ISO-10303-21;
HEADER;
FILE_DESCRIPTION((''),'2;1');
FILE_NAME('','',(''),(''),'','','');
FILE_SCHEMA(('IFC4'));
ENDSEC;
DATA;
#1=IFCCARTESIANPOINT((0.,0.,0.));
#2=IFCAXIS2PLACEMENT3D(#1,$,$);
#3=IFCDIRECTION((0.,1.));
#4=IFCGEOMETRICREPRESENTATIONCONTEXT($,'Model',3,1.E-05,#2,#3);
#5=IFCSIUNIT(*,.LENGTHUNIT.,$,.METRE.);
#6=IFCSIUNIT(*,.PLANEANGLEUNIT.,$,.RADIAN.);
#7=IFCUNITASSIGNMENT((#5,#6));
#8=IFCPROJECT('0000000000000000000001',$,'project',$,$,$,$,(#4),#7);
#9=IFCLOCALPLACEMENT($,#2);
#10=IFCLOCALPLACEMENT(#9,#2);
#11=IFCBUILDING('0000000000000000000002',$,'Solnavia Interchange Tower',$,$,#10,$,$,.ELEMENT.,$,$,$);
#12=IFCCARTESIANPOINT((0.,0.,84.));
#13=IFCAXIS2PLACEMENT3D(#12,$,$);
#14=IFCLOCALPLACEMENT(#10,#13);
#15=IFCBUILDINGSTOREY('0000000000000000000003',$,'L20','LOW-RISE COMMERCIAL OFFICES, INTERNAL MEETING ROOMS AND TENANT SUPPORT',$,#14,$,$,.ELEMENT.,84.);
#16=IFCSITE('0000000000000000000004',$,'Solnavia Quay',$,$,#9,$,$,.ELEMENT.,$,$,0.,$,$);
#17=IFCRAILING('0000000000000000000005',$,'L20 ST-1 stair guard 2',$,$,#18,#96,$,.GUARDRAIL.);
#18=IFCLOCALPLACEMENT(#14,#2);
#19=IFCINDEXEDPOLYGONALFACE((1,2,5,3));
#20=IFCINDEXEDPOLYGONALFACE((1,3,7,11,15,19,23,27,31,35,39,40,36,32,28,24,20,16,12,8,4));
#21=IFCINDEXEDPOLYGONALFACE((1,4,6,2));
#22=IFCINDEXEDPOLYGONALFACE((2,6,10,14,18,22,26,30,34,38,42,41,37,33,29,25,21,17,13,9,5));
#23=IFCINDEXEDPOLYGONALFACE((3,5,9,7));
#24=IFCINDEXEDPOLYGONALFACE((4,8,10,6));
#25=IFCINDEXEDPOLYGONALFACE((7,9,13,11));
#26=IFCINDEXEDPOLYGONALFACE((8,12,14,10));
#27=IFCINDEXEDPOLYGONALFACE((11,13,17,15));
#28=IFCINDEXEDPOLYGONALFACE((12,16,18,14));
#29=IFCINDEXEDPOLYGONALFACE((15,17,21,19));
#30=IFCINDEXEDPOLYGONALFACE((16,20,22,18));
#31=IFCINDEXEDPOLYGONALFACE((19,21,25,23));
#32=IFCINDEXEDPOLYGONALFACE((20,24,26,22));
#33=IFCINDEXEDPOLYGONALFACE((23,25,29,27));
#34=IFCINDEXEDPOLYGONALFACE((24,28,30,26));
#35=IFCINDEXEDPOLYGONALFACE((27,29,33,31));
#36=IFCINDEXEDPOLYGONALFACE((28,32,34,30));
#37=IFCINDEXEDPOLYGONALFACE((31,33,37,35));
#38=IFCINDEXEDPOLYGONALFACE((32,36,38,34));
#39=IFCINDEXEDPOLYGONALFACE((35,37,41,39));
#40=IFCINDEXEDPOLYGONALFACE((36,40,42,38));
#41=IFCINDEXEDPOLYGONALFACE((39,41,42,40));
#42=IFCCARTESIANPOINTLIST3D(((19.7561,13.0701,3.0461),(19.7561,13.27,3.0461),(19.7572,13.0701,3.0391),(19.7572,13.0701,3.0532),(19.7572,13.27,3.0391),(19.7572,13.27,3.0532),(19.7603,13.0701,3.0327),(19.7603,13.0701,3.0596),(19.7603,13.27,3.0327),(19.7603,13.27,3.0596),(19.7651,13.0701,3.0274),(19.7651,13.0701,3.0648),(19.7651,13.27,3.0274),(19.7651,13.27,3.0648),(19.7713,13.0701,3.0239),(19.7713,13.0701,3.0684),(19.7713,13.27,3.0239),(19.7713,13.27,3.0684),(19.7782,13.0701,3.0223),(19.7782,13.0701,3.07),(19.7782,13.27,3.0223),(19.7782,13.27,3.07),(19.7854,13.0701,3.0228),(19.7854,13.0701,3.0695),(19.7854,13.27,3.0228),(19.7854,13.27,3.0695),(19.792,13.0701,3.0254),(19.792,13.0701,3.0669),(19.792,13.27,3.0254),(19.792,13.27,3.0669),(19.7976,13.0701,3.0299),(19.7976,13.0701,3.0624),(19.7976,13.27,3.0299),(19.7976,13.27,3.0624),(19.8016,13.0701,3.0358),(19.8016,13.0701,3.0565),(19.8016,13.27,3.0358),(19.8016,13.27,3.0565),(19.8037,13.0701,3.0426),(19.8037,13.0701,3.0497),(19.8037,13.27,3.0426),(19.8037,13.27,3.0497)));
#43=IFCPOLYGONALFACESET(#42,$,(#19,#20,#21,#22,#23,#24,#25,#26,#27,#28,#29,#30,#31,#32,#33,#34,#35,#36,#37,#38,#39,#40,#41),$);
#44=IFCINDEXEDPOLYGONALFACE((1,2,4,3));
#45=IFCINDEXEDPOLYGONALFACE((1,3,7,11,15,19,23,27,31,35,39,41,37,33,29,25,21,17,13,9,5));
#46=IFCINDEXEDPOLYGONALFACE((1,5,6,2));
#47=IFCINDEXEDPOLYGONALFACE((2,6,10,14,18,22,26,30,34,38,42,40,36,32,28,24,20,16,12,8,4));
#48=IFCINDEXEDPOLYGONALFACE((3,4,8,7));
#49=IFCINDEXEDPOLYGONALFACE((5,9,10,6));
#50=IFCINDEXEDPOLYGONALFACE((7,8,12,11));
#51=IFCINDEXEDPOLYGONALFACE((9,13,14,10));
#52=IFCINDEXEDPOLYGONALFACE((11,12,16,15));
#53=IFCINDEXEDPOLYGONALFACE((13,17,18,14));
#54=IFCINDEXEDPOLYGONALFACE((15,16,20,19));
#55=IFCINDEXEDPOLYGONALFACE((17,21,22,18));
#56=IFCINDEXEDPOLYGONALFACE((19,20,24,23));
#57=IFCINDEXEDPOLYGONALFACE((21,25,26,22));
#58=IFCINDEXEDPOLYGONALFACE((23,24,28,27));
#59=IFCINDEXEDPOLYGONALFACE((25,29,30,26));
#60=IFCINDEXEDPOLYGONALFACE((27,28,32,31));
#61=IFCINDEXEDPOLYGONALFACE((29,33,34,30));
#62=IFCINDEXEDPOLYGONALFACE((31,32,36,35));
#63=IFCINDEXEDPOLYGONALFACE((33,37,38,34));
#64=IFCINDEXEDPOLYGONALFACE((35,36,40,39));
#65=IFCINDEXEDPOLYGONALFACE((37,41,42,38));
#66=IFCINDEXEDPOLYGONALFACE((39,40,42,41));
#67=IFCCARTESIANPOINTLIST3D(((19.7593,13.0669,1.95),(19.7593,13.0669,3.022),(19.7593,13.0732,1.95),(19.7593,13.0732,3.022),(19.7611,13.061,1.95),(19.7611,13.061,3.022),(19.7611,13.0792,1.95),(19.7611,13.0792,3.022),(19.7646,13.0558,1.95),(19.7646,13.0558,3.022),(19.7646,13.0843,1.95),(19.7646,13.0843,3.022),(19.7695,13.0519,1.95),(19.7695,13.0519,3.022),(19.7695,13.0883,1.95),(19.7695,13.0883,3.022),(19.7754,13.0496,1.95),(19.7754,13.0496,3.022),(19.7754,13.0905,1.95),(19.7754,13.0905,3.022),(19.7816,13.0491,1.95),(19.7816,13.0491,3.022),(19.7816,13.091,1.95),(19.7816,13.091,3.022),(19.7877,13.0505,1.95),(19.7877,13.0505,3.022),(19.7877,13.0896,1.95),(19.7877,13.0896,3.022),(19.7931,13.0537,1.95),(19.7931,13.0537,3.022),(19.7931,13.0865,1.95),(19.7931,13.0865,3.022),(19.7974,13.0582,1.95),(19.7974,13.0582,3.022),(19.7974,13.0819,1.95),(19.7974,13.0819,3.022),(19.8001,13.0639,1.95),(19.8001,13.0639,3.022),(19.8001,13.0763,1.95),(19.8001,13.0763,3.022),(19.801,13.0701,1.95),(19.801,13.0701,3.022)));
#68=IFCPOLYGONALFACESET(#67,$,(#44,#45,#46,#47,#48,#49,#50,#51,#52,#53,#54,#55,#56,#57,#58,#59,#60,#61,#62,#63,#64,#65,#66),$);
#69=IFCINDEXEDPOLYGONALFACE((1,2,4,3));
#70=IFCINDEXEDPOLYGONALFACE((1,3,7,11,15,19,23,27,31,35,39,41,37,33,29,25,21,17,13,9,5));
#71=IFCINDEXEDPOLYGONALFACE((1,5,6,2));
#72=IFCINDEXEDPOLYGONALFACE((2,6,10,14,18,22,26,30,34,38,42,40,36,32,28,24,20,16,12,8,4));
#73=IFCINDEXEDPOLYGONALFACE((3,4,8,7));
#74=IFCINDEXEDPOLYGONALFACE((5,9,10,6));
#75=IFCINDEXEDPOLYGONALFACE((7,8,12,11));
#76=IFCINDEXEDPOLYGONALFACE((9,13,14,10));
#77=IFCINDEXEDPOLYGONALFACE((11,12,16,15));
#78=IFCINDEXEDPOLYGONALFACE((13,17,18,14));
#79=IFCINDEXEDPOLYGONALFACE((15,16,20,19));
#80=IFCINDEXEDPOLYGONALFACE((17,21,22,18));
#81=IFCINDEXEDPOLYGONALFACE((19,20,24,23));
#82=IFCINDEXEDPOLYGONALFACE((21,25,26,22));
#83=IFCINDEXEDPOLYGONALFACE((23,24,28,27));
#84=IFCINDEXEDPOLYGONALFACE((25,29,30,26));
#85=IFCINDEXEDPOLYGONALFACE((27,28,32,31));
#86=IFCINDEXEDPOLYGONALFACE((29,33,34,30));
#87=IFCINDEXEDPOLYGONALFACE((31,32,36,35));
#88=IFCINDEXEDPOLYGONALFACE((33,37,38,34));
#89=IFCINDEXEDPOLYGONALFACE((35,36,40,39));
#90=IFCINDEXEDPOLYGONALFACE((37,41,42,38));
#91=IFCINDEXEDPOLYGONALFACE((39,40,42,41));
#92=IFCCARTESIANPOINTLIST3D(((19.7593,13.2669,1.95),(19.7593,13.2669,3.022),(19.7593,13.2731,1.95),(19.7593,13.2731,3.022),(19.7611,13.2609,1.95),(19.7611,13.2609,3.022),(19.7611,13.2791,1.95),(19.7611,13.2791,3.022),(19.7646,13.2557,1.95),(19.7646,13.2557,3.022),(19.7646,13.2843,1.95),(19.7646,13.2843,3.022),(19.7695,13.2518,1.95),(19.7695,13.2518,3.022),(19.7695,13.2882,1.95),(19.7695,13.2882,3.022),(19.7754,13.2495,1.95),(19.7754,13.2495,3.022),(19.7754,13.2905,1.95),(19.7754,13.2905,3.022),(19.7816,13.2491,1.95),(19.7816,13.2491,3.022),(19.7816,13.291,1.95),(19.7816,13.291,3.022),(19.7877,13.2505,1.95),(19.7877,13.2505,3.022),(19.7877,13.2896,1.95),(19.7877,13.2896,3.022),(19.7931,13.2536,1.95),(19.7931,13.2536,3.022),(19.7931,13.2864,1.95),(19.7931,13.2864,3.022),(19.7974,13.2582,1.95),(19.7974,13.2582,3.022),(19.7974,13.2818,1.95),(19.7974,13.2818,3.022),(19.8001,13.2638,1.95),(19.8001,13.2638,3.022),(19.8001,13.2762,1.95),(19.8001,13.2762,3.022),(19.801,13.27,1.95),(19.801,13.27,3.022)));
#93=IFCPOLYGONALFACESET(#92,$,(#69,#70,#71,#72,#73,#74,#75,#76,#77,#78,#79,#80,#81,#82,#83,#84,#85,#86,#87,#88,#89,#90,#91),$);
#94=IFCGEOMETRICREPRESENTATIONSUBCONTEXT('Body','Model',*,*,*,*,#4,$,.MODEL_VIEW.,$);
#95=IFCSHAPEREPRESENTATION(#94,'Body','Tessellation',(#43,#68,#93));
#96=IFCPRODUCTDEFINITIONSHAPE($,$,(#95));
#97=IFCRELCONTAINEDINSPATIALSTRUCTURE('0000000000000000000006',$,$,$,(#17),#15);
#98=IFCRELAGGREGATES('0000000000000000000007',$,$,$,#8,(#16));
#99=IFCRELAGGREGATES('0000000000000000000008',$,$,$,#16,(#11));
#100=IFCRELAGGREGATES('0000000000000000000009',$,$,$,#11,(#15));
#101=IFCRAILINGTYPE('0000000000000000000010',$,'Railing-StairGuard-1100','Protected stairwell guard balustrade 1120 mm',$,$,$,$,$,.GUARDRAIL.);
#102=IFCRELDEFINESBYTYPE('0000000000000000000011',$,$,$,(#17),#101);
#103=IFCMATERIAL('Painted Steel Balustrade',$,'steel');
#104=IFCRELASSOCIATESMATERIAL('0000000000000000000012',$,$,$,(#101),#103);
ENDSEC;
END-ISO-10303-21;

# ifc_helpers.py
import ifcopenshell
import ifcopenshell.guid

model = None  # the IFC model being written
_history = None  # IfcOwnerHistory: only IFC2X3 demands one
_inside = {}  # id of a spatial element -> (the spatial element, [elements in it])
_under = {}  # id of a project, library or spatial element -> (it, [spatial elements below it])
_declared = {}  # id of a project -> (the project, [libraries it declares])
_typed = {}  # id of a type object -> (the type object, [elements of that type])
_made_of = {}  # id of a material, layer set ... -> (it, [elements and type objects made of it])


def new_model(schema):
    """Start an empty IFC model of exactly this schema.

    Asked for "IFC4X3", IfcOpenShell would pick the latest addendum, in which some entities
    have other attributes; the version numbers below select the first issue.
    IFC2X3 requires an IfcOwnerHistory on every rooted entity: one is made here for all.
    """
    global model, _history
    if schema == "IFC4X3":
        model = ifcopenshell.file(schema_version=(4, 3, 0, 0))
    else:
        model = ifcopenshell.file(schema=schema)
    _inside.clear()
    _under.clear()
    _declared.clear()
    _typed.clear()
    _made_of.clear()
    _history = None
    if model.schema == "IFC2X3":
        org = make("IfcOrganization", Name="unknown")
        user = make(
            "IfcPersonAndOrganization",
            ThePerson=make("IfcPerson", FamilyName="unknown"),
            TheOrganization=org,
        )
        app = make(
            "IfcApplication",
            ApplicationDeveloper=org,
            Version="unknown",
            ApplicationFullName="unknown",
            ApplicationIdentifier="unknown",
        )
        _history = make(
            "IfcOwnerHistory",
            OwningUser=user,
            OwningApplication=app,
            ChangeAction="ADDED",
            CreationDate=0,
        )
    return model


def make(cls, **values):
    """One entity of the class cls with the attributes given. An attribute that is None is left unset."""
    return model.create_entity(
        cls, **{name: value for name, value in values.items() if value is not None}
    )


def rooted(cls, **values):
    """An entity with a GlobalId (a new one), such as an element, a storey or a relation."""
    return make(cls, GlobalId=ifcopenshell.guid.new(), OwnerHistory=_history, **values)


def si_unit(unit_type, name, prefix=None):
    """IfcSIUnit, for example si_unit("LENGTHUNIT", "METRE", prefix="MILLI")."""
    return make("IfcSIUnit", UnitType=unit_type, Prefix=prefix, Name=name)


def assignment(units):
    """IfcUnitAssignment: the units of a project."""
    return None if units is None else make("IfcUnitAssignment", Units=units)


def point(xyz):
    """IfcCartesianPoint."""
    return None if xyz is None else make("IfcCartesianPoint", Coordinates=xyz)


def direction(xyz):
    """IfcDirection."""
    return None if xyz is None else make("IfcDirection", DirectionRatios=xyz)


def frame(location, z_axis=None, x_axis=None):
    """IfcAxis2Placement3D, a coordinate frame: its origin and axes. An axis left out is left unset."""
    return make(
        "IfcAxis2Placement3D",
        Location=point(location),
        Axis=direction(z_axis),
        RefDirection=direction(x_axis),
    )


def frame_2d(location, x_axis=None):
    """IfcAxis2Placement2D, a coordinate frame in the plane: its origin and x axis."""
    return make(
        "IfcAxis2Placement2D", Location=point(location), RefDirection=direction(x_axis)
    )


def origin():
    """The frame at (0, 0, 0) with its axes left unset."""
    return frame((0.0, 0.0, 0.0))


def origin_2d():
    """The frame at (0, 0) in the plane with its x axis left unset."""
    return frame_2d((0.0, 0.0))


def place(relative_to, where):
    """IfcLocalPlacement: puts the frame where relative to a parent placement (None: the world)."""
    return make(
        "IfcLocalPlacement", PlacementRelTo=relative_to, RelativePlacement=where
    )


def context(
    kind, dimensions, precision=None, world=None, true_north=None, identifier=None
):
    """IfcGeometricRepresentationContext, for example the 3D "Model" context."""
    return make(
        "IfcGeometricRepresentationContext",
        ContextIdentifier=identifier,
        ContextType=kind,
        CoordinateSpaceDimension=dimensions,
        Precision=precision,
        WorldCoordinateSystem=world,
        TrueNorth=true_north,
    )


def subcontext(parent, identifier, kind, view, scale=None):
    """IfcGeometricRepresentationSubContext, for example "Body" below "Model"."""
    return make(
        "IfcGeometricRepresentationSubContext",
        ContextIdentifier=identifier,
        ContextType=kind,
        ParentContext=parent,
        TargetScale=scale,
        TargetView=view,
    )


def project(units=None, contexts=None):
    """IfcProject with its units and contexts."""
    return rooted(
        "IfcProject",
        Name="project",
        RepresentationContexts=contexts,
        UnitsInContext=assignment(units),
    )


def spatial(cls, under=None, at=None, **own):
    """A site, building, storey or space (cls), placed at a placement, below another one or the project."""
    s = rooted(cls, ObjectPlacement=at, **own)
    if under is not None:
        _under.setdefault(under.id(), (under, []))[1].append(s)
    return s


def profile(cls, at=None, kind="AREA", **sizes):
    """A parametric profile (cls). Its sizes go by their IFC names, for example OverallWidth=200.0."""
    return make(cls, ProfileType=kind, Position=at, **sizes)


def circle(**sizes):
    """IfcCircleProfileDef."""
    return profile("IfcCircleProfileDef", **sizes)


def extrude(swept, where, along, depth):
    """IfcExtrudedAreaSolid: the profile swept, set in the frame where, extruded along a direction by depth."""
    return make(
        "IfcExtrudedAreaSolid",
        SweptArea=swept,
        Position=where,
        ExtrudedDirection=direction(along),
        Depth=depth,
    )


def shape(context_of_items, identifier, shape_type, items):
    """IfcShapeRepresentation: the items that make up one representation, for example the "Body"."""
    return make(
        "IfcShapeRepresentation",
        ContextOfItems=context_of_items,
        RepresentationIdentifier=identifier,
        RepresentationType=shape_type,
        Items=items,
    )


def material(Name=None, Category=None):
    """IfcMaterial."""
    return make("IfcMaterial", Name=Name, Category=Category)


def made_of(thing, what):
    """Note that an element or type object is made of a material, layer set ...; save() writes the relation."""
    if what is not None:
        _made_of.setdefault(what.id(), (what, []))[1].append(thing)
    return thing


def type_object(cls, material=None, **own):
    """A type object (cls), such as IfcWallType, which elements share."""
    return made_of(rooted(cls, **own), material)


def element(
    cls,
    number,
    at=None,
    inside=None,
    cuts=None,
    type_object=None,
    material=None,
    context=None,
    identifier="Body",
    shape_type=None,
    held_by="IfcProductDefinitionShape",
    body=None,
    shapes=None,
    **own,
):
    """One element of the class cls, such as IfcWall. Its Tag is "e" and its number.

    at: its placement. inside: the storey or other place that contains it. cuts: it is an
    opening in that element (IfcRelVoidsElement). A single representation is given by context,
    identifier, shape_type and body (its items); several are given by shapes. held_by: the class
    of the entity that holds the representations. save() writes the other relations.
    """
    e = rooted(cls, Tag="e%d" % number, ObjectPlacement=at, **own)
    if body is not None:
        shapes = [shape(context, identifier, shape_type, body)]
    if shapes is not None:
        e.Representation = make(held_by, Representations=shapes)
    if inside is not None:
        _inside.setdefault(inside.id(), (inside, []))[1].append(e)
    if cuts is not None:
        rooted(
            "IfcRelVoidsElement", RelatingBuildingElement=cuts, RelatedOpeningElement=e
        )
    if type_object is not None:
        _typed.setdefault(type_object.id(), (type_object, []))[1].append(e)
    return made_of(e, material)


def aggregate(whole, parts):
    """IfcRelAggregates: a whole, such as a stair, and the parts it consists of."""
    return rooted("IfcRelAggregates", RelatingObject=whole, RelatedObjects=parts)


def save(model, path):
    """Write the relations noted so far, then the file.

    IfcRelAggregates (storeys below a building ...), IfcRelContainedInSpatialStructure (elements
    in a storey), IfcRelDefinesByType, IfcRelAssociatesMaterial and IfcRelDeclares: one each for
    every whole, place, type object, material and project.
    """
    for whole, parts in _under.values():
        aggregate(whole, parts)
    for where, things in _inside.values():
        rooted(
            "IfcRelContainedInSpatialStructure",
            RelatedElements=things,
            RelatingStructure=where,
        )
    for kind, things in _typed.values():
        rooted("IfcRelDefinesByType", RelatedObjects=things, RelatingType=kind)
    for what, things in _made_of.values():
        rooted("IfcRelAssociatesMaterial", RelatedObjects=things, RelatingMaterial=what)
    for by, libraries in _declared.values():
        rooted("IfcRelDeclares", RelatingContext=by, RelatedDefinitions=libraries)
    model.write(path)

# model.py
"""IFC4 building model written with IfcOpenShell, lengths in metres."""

from ifc_helpers import new_model, si_unit, direction, frame, origin, origin_2d, place, context, subcontext, project, spatial, circle, extrude, material, type_object, element, save


model = new_model("IFC4")

# Units and contexts
model_context = context("Model", 3, precision=1e-05, world=origin(), true_north=direction((0.0, 1.0)))
body_context = subcontext(model_context, "Body", "Model", "MODEL_VIEW")
ifc_project = project(units=[si_unit("LENGTHUNIT", "METRE"), si_unit("PLANEANGLEUNIT", "RADIAN")], contexts=[model_context])

# Site, building, storey
site_placement = place(None, origin())
site = spatial("IfcSite", under=ifc_project, at=site_placement, Name="Solnavia Quay", CompositionType="ELEMENT", RefElevation=0.0)
building_placement = place(site_placement, origin())
building = spatial("IfcBuilding", under=site, at=building_placement, Name="Solnavia Interchange Tower", CompositionType="ELEMENT")
storey_placement = place(building_placement, frame((0.0, 0.0, 84.0)))
storey = spatial("IfcBuildingStorey", under=building, at=storey_placement, Name="L20", Description="LOW-RISE COMMERCIAL OFFICES, INTERNAL MEETING ROOMS AND TENANT SUPPORT", CompositionType="ELEMENT", Elevation=84.0)

# Railing
ifc_material_1 = material(Name="Painted Steel Balustrade", Category="steel")
railing_type_1 = type_object("IfcRailingType", Name="Railing-StairGuard-1100", Description="Protected stairwell guard balustrade 1120 mm", PredefinedType="GUARDRAIL", material=ifc_material_1)
railing_1_placement = place(storey_placement, frame((19.78, 13.0701, 1.95)))
element("IfcRailing", 1, at=railing_1_placement, inside=storey, type_object=railing_type_1, Name="L20 ST-1 stair guard 2", PredefinedType="GUARDRAIL", context=body_context, shape_type="SweptSolid", body=[
    extrude(circle(Radius=0.0239, at=origin_2d()), frame((0.0, 0.0, 1.0962), z_axis=(0.0, 1.0, 0.0), x_axis=(-1.0, 0.0, 0.0)), (0.0, 0.0, 1.0), 0.2),
    extrude(circle(Radius=0.021, at=origin_2d()), origin(), (0.0, 0.0, 1.0), 1.072),
    extrude(circle(Radius=0.021, at=origin_2d()), frame((0.0, 0.2, 0.0)), (0.0, 0.0, 1.0), 1.072),
])

save(model, "model.ifc")
